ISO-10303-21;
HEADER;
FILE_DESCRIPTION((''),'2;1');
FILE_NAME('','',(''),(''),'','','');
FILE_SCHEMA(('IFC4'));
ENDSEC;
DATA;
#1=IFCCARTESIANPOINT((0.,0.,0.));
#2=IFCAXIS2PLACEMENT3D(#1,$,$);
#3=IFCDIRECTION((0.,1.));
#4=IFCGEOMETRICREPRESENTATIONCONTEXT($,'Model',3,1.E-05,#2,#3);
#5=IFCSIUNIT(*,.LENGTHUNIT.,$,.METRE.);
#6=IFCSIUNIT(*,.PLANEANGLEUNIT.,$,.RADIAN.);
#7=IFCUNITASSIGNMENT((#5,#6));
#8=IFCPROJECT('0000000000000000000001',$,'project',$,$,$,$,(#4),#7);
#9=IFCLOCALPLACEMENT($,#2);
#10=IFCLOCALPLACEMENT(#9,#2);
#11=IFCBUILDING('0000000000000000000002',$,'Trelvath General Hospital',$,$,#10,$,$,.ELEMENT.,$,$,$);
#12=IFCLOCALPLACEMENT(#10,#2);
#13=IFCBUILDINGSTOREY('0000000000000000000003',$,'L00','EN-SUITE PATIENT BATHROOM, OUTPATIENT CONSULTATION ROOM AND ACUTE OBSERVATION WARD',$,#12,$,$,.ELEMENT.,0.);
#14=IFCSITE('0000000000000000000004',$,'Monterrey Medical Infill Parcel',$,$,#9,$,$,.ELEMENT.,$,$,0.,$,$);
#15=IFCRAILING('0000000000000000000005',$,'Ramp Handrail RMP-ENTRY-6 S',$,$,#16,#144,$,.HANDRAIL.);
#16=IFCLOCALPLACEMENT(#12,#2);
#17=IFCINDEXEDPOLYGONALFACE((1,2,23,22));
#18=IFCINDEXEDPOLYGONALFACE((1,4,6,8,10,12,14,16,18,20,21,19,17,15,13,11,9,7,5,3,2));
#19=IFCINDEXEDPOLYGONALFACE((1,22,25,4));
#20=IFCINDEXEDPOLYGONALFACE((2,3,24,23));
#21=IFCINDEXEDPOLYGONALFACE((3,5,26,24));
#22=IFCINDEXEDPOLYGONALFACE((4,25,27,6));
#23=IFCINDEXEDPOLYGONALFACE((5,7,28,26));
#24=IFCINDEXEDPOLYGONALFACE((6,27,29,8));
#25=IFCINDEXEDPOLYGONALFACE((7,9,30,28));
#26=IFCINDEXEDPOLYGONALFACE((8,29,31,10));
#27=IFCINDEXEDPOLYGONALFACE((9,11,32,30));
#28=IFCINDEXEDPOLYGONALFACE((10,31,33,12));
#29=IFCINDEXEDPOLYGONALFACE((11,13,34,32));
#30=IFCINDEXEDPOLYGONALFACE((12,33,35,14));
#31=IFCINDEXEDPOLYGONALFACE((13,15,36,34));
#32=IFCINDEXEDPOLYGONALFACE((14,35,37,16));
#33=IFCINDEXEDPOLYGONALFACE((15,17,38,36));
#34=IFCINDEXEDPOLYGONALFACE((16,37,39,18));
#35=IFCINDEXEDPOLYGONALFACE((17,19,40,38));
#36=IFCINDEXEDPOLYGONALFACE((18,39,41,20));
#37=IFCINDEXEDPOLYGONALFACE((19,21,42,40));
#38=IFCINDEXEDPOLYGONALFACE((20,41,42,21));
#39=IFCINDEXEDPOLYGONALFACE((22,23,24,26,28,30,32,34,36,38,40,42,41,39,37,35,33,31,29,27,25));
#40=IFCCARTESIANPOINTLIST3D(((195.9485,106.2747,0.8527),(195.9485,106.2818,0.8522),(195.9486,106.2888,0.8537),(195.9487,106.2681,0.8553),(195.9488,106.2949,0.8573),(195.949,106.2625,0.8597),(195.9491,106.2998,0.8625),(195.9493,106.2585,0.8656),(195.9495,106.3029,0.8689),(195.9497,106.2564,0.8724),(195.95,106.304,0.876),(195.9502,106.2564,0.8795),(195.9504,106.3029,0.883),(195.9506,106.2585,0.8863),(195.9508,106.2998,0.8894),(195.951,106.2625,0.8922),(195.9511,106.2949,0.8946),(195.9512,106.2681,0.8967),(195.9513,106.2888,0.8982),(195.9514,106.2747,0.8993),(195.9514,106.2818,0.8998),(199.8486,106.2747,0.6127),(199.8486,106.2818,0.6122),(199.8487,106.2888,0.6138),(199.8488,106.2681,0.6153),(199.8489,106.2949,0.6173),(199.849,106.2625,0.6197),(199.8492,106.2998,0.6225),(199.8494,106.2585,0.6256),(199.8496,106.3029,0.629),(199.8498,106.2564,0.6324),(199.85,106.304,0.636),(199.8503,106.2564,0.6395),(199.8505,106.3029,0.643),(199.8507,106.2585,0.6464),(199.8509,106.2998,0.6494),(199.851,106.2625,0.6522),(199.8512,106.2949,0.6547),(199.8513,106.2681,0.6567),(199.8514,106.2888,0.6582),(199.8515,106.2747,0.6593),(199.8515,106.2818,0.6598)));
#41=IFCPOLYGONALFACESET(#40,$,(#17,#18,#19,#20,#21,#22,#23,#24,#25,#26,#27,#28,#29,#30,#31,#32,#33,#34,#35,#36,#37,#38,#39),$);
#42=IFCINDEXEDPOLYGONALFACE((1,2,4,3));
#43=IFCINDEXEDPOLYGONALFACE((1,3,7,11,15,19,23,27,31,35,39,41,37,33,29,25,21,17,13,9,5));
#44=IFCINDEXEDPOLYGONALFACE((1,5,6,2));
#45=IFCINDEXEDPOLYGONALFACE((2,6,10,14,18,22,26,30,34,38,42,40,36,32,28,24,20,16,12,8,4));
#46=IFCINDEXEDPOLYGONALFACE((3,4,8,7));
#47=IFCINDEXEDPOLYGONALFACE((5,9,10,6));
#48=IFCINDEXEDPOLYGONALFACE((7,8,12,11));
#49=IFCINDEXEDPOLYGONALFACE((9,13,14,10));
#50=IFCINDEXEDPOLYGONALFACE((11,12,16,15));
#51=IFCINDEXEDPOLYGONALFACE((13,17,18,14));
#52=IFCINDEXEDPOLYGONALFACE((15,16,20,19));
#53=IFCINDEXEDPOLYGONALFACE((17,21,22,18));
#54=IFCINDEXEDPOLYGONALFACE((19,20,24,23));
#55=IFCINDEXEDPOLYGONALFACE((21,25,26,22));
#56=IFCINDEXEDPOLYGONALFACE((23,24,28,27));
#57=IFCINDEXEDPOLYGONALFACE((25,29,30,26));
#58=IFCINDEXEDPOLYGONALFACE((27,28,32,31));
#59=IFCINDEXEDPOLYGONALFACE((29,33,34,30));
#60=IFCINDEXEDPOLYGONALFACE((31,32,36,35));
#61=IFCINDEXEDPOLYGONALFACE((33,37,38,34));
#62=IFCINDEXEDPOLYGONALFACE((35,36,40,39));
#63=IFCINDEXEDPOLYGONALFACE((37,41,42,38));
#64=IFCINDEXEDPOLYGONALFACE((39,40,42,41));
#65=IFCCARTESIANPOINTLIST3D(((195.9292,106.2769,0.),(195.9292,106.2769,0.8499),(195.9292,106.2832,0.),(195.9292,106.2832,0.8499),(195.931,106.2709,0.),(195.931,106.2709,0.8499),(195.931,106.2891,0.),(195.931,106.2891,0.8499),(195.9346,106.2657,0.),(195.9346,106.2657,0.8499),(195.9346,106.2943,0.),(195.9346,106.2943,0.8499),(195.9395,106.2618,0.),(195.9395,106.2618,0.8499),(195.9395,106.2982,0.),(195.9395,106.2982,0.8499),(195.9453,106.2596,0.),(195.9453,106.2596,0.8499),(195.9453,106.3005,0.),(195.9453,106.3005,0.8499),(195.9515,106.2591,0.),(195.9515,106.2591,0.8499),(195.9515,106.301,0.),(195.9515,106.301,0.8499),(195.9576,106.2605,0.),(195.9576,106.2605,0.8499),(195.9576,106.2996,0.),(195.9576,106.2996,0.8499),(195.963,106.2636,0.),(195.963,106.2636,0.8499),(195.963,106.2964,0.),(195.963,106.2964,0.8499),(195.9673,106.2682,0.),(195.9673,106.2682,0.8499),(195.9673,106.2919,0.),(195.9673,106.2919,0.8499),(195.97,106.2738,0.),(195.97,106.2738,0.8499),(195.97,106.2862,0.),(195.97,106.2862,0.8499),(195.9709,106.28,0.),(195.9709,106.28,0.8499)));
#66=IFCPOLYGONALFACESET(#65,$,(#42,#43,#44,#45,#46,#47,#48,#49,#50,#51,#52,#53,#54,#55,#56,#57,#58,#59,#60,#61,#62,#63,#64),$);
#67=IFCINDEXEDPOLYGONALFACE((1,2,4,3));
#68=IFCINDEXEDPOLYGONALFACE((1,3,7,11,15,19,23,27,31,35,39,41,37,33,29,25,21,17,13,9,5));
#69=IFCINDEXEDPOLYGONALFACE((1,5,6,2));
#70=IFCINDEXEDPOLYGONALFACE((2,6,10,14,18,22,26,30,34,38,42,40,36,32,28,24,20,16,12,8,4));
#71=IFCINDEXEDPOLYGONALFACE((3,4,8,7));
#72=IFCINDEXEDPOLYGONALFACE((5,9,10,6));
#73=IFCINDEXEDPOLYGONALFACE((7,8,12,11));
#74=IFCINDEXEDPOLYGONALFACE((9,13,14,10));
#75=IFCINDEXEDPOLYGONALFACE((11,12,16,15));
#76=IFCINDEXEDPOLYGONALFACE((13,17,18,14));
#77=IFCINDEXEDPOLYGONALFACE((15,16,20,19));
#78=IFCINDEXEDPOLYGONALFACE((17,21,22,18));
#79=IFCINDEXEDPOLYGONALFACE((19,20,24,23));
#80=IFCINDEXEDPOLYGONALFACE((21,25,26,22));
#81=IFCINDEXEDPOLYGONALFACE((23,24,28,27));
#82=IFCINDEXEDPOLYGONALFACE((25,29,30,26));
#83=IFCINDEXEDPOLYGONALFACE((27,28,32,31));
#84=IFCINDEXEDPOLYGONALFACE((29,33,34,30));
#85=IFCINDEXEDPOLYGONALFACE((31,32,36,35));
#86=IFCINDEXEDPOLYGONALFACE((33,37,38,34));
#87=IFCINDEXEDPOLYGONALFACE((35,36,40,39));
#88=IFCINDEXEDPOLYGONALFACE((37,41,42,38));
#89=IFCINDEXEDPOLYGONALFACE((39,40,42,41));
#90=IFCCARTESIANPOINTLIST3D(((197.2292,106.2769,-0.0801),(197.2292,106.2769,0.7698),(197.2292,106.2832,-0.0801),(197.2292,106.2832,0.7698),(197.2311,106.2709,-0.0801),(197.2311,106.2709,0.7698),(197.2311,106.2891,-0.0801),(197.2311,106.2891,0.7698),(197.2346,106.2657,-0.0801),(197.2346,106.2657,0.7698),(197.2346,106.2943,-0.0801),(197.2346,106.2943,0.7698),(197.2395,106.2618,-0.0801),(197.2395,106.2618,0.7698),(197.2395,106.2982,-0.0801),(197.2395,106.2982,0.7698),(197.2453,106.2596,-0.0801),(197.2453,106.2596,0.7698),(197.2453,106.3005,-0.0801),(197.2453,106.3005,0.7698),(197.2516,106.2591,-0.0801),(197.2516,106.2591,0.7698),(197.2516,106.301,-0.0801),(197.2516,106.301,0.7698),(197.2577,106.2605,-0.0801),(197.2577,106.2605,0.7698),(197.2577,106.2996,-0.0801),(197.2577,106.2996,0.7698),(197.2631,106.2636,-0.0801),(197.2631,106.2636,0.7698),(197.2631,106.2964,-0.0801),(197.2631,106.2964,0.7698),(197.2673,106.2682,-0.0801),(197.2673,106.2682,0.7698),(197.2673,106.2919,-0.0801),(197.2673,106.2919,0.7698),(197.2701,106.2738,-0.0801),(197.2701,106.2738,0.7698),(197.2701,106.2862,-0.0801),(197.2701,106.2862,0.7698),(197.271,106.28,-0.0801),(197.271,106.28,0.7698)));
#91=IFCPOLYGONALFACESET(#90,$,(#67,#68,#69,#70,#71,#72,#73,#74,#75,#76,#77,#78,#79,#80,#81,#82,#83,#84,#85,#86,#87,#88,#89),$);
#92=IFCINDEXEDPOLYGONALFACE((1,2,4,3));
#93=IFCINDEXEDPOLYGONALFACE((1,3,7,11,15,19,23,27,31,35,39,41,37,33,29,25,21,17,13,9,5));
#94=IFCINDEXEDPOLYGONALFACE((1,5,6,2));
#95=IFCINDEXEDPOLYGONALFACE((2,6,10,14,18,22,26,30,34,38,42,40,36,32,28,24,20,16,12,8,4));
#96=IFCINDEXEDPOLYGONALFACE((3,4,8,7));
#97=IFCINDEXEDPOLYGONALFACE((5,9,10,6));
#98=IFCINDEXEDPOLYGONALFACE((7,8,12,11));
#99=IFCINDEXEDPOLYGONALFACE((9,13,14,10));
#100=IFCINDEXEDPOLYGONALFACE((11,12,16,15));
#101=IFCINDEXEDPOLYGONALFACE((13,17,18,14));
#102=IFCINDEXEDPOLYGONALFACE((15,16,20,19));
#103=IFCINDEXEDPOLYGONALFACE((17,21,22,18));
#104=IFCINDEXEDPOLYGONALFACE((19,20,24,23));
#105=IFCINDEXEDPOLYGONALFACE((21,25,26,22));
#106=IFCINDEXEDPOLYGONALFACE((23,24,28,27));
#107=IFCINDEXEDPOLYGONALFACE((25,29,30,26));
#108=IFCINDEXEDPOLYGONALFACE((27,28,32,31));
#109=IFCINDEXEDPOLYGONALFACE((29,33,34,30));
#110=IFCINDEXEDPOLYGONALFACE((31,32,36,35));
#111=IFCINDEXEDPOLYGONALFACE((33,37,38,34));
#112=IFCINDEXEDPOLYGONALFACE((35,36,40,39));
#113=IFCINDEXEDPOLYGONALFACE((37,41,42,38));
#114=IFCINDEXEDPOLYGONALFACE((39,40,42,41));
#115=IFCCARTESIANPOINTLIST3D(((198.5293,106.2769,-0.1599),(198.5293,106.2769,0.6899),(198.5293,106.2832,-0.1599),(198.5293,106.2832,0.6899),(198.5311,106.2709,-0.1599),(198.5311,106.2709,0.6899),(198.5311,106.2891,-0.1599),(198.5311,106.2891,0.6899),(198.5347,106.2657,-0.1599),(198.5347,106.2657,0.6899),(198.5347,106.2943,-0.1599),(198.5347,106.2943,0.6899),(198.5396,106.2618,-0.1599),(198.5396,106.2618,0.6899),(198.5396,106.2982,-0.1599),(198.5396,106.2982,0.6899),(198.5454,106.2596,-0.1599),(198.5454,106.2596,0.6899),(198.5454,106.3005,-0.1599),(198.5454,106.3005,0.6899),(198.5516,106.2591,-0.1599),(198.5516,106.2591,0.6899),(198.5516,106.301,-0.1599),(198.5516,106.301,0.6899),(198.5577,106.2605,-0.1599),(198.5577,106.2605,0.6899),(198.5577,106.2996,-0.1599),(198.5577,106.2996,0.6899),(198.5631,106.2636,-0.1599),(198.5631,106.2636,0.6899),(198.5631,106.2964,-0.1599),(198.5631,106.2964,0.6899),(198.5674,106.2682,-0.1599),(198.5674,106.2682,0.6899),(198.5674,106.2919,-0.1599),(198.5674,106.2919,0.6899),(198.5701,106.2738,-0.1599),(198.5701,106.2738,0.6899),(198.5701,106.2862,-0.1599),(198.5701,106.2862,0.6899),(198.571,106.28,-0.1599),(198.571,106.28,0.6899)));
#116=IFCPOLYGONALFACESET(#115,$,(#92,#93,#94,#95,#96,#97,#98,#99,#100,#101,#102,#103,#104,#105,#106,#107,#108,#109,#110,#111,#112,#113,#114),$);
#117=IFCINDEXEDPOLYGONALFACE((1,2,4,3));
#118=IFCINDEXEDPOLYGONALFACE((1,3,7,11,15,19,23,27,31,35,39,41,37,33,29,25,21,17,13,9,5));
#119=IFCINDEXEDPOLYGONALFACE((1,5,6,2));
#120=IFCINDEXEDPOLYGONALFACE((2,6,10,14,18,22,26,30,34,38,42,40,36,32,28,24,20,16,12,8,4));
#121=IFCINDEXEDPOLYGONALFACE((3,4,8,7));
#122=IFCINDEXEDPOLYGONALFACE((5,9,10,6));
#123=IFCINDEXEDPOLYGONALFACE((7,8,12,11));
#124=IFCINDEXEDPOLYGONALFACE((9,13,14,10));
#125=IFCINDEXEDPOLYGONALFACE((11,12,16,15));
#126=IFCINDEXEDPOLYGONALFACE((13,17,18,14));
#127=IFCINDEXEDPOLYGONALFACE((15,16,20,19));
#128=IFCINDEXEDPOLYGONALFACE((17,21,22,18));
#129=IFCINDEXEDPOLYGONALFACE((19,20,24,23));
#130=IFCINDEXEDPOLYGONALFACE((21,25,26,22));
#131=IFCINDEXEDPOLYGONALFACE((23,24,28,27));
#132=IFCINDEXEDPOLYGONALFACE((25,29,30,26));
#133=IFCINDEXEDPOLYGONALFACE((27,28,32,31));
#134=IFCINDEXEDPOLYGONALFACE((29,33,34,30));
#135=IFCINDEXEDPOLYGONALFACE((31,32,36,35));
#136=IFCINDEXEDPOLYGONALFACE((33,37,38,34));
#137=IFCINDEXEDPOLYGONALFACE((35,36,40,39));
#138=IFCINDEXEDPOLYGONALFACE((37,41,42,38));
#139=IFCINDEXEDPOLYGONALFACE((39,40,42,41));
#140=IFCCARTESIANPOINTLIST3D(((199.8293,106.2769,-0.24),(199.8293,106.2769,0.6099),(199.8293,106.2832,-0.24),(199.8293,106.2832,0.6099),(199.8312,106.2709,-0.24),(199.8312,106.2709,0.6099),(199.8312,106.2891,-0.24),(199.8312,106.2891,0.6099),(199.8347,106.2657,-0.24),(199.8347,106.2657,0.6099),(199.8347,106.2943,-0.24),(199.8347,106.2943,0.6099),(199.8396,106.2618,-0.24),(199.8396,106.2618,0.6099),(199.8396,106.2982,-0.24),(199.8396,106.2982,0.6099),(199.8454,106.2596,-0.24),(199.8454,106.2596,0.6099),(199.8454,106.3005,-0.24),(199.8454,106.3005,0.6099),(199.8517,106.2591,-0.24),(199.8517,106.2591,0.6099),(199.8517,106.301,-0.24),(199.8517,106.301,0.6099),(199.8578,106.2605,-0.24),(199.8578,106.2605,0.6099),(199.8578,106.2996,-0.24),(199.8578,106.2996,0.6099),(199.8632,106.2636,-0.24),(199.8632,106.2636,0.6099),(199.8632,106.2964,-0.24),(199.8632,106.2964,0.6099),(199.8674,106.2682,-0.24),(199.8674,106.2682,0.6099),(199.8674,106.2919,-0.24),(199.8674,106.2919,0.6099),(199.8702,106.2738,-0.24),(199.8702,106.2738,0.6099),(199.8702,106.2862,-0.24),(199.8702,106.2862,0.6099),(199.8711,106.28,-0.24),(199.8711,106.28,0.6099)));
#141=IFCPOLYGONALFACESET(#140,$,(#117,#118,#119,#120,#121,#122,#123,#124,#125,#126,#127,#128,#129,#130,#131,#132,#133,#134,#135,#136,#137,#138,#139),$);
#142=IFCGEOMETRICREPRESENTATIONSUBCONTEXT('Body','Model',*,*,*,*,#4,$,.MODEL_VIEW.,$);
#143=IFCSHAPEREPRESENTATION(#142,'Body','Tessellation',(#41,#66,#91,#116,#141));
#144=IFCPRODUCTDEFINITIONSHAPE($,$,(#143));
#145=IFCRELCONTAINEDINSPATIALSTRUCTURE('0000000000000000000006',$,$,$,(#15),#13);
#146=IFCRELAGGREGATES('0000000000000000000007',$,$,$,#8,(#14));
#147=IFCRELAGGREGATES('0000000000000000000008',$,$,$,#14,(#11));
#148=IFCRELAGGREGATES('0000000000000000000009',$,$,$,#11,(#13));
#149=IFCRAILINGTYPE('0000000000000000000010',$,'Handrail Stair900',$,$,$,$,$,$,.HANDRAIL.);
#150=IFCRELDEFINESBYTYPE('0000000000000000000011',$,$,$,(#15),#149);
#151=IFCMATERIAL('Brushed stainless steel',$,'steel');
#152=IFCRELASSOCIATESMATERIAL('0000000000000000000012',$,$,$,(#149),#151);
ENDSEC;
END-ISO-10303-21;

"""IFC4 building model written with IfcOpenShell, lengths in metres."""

from ifc_helpers import new_model, si_unit, direction, frame, origin, origin_2d, place, context, subcontext, project, spatial, circle, extrude, material, type_object, element, save


model = new_model("IFC4")

# Units and contexts
model_context = context("Model", 3, precision=1e-05, world=origin(), true_north=direction((0.0, 1.0)))
body_context = subcontext(model_context, "Body", "Model", "MODEL_VIEW")
ifc_project = project(units=[si_unit("LENGTHUNIT", "METRE"), si_unit("PLANEANGLEUNIT", "RADIAN")], contexts=[model_context])

# Site, building, storey
site_placement = place(None, origin())
site = spatial("IfcSite", under=ifc_project, at=site_placement, Name="Monterrey Medical Infill Parcel", CompositionType="ELEMENT", RefElevation=0.0)
building_placement = place(site_placement, origin())
building = spatial("IfcBuilding", under=site, at=building_placement, Name="Trelvath General Hospital", CompositionType="ELEMENT")
storey_placement = place(building_placement, origin())
storey = spatial("IfcBuildingStorey", under=building, at=storey_placement, Name="L00", Description="EN-SUITE PATIENT BATHROOM, OUTPATIENT CONSULTATION ROOM AND ACUTE OBSERVATION WARD", CompositionType="ELEMENT", Elevation=0.0)

# Railing
ifc_material_1 = material(Name="Brushed stainless steel", Category="steel")
railing_type = type_object("IfcRailingType", Name="Handrail Stair900", PredefinedType="HANDRAIL", material=ifc_material_1)
railing_placement = place(storey_placement, frame((195.95, 106.28, 0.0)))
element("IfcRailing", 1, at=railing_placement, inside=storey, type_object=railing_type, Name="Ramp Handrail RMP-ENTRY-6 S", PredefinedType="HANDRAIL", context=body_context, shape_type="SweptSolid", body=[
    extrude(circle(Radius=0.0239, at=origin_2d()), frame((0.0, 0.0, 0.876), z_axis=(0.998112, 0.0, -0.061417), x_axis=(0.0, 1.0, 0.0)), (0.0, 0.0, 1.0), 3.9075),
    extrude(circle(Radius=0.021, at=origin_2d()), origin(), (0.0, 0.0, 1.0), 0.8499),
    extrude(circle(Radius=0.021, at=origin_2d()), frame((1.3, 0.0, -0.0801)), (0.0, 0.0, 1.0), 0.8499),
    extrude(circle(Radius=0.021, at=origin_2d()), frame((2.6001, 0.0, -0.1599)), (0.0, 0.0, 1.0), 0.8499),
    extrude(circle(Radius=0.021, at=origin_2d()), frame((3.9001, 0.0, -0.24)), (0.0, 0.0, 1.0), 0.8499),
])

save(model, "model.ifc")
